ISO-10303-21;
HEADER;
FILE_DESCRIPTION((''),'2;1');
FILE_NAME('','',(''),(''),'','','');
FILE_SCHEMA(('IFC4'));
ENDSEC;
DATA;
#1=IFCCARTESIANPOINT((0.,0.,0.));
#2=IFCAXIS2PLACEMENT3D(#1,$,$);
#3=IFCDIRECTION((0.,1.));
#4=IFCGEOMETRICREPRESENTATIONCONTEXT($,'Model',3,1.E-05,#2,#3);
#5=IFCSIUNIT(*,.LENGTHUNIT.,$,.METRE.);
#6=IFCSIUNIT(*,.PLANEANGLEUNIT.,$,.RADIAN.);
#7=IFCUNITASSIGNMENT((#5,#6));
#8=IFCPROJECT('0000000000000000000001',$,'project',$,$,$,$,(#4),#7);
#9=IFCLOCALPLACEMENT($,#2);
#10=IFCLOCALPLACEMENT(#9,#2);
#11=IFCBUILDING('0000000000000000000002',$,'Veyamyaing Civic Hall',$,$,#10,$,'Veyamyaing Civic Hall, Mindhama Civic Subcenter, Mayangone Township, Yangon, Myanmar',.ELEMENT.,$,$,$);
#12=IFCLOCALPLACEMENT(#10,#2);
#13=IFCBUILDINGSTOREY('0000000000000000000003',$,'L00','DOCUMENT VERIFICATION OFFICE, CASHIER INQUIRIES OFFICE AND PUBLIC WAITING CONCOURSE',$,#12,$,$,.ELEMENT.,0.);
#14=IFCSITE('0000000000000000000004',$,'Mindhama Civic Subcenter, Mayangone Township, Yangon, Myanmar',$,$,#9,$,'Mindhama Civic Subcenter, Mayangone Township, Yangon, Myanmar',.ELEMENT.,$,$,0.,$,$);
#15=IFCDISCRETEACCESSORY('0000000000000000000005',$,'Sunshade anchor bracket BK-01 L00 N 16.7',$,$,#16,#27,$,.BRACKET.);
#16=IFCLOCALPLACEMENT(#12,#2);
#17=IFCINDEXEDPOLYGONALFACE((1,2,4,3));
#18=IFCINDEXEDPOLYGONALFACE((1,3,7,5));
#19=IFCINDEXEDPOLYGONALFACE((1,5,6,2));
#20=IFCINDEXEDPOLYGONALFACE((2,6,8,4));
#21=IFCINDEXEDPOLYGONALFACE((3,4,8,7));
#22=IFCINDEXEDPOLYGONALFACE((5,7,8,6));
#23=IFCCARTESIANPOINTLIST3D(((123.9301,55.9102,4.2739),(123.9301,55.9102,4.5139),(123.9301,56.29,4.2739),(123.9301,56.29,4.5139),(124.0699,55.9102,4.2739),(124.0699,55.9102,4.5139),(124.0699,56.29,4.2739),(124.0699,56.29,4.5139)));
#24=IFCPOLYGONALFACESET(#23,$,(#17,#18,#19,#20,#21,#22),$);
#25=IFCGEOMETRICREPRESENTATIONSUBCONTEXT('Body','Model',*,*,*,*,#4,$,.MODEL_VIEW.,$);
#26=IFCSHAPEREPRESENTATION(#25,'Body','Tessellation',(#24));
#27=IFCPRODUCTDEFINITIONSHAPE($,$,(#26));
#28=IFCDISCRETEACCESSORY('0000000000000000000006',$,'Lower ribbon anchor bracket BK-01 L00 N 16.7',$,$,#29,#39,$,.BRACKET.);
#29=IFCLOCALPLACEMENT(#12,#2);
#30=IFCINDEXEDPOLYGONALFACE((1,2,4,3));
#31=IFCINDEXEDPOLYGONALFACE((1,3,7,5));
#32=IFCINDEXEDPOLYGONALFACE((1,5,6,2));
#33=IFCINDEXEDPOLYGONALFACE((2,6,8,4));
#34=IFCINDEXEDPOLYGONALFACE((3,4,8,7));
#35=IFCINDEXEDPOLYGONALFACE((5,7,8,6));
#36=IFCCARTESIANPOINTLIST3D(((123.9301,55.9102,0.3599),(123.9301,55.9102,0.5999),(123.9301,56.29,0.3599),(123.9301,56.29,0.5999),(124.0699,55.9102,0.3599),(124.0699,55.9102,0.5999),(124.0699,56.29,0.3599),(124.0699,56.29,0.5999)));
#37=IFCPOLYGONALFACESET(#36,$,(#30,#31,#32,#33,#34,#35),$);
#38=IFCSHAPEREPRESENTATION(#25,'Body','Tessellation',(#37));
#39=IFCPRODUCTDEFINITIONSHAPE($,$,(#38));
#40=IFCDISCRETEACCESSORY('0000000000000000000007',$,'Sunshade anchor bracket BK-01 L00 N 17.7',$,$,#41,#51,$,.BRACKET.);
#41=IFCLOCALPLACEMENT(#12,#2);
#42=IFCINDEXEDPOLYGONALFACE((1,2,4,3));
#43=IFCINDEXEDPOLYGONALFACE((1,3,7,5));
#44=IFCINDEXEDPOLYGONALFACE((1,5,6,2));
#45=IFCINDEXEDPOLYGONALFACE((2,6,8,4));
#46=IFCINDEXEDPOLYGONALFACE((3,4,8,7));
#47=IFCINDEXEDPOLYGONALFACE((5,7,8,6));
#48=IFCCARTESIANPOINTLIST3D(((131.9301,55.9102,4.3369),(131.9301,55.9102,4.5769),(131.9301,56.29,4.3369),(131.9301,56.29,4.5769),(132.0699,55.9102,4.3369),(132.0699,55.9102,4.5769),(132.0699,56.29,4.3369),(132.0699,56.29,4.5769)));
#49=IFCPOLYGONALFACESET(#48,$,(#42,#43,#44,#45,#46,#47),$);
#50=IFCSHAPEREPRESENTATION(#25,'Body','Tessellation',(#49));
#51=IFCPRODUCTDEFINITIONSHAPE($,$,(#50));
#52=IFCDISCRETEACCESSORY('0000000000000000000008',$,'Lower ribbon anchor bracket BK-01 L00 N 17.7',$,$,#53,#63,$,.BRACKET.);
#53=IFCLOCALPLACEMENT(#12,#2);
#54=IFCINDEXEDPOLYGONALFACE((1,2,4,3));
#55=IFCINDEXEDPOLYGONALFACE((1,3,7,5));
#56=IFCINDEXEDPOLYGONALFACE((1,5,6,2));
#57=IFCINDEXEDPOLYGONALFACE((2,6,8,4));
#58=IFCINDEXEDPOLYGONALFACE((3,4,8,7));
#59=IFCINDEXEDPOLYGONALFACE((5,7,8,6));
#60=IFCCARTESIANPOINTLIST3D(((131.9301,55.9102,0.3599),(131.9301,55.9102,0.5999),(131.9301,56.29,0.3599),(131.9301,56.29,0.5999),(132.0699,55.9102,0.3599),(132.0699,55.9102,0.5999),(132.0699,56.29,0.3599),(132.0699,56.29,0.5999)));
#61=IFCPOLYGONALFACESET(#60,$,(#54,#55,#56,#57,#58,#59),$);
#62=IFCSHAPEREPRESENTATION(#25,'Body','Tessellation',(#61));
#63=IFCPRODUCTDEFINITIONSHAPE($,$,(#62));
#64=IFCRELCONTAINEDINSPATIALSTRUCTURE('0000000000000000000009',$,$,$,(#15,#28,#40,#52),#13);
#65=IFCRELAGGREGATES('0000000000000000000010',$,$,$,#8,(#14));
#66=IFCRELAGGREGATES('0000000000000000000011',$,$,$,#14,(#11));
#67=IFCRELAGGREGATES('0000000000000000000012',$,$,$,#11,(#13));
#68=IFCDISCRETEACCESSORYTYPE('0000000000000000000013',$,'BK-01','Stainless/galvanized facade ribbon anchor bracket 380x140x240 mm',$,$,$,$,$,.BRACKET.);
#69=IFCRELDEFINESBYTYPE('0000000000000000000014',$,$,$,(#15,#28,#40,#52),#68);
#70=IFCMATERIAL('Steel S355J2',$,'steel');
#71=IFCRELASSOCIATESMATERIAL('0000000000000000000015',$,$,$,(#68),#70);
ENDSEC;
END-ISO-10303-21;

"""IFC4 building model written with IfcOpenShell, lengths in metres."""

from ifc_helpers import new_model, si_unit, direction, frame, origin, origin_2d, place, context, subcontext, project, spatial, rectangle, extrude, material, type_object, element, save


model = new_model("IFC4")

# Units and contexts
model_context = context("Model", 3, precision=1e-05, world=origin(), true_north=direction((0.0, 1.0)))
body_context = subcontext(model_context, "Body", "Model", "MODEL_VIEW")
ifc_project = project(units=[si_unit("LENGTHUNIT", "METRE"), si_unit("PLANEANGLEUNIT", "RADIAN")], contexts=[model_context])

# Site, building, storey
site_placement = place(None, origin())
site = spatial("IfcSite", under=ifc_project, at=site_placement, Name="Mindhama Civic Subcenter, Mayangone Township, Yangon, Myanmar", LongName="Mindhama Civic Subcenter, Mayangone Township, Yangon, Myanmar", CompositionType="ELEMENT", RefElevation=0.0)
building_placement = place(site_placement, origin())
building = spatial("IfcBuilding", under=site, at=building_placement, Name="Veyamyaing Civic Hall", LongName="Veyamyaing Civic Hall, Mindhama Civic Subcenter, Mayangone Township, Yangon, Myanmar", CompositionType="ELEMENT")
storey_placement = place(building_placement, origin())
storey = spatial("IfcBuildingStorey", under=building, at=storey_placement, Name="L00", Description="DOCUMENT VERIFICATION OFFICE, CASHIER INQUIRIES OFFICE AND PUBLIC WAITING CONCOURSE", CompositionType="ELEMENT", Elevation=0.0)

# Discrete accessories
ifc_material_1 = material(Name="Steel S355J2", Category="steel")
discrete_accessory_type = type_object("IfcDiscreteAccessoryType", Name="BK-01", Description="Stainless/galvanized facade ribbon anchor bracket 380x140x240 mm", PredefinedType="BRACKET", material=ifc_material_1)
for number, where, z_axis, x_axis, name in (
    (1, (124.0, 56.1001, 4.2739), (0.0, 0.0, 1.0), (0.0, 1.0, 0.0), "Sunshade anchor bracket BK-01 L00 N 16.7"),
    (2, (124.0, 56.1001, 0.3599), (0.0, 0.0, 1.0), (0.0, 1.0, 0.0), "Lower ribbon anchor bracket BK-01 L00 N 16.7"),
    (3, (132.0, 56.1001, 4.3369), (0.0, 0.0, 1.0), (0.0, 1.0, 0.0), "Sunshade anchor bracket BK-01 L00 N 17.7"),
    (4, (132.0, 56.1001, 0.3599), (0.0, 0.0, 1.0), (0.0, 1.0, 0.0), "Lower ribbon anchor bracket BK-01 L00 N 17.7"),
):
    element("IfcDiscreteAccessory", number, at=place(storey_placement, frame(where, z_axis=z_axis, x_axis=x_axis)), inside=storey, type_object=discrete_accessory_type, Name=name, PredefinedType="BRACKET", context=body_context, shape_type="SweptSolid", body=[
        extrude(rectangle(XDim=0.3799, YDim=0.1399, at=origin_2d()), origin(), (0.0, 0.0, 1.0), 0.24),
    ])

save(model, "model.ifc")
